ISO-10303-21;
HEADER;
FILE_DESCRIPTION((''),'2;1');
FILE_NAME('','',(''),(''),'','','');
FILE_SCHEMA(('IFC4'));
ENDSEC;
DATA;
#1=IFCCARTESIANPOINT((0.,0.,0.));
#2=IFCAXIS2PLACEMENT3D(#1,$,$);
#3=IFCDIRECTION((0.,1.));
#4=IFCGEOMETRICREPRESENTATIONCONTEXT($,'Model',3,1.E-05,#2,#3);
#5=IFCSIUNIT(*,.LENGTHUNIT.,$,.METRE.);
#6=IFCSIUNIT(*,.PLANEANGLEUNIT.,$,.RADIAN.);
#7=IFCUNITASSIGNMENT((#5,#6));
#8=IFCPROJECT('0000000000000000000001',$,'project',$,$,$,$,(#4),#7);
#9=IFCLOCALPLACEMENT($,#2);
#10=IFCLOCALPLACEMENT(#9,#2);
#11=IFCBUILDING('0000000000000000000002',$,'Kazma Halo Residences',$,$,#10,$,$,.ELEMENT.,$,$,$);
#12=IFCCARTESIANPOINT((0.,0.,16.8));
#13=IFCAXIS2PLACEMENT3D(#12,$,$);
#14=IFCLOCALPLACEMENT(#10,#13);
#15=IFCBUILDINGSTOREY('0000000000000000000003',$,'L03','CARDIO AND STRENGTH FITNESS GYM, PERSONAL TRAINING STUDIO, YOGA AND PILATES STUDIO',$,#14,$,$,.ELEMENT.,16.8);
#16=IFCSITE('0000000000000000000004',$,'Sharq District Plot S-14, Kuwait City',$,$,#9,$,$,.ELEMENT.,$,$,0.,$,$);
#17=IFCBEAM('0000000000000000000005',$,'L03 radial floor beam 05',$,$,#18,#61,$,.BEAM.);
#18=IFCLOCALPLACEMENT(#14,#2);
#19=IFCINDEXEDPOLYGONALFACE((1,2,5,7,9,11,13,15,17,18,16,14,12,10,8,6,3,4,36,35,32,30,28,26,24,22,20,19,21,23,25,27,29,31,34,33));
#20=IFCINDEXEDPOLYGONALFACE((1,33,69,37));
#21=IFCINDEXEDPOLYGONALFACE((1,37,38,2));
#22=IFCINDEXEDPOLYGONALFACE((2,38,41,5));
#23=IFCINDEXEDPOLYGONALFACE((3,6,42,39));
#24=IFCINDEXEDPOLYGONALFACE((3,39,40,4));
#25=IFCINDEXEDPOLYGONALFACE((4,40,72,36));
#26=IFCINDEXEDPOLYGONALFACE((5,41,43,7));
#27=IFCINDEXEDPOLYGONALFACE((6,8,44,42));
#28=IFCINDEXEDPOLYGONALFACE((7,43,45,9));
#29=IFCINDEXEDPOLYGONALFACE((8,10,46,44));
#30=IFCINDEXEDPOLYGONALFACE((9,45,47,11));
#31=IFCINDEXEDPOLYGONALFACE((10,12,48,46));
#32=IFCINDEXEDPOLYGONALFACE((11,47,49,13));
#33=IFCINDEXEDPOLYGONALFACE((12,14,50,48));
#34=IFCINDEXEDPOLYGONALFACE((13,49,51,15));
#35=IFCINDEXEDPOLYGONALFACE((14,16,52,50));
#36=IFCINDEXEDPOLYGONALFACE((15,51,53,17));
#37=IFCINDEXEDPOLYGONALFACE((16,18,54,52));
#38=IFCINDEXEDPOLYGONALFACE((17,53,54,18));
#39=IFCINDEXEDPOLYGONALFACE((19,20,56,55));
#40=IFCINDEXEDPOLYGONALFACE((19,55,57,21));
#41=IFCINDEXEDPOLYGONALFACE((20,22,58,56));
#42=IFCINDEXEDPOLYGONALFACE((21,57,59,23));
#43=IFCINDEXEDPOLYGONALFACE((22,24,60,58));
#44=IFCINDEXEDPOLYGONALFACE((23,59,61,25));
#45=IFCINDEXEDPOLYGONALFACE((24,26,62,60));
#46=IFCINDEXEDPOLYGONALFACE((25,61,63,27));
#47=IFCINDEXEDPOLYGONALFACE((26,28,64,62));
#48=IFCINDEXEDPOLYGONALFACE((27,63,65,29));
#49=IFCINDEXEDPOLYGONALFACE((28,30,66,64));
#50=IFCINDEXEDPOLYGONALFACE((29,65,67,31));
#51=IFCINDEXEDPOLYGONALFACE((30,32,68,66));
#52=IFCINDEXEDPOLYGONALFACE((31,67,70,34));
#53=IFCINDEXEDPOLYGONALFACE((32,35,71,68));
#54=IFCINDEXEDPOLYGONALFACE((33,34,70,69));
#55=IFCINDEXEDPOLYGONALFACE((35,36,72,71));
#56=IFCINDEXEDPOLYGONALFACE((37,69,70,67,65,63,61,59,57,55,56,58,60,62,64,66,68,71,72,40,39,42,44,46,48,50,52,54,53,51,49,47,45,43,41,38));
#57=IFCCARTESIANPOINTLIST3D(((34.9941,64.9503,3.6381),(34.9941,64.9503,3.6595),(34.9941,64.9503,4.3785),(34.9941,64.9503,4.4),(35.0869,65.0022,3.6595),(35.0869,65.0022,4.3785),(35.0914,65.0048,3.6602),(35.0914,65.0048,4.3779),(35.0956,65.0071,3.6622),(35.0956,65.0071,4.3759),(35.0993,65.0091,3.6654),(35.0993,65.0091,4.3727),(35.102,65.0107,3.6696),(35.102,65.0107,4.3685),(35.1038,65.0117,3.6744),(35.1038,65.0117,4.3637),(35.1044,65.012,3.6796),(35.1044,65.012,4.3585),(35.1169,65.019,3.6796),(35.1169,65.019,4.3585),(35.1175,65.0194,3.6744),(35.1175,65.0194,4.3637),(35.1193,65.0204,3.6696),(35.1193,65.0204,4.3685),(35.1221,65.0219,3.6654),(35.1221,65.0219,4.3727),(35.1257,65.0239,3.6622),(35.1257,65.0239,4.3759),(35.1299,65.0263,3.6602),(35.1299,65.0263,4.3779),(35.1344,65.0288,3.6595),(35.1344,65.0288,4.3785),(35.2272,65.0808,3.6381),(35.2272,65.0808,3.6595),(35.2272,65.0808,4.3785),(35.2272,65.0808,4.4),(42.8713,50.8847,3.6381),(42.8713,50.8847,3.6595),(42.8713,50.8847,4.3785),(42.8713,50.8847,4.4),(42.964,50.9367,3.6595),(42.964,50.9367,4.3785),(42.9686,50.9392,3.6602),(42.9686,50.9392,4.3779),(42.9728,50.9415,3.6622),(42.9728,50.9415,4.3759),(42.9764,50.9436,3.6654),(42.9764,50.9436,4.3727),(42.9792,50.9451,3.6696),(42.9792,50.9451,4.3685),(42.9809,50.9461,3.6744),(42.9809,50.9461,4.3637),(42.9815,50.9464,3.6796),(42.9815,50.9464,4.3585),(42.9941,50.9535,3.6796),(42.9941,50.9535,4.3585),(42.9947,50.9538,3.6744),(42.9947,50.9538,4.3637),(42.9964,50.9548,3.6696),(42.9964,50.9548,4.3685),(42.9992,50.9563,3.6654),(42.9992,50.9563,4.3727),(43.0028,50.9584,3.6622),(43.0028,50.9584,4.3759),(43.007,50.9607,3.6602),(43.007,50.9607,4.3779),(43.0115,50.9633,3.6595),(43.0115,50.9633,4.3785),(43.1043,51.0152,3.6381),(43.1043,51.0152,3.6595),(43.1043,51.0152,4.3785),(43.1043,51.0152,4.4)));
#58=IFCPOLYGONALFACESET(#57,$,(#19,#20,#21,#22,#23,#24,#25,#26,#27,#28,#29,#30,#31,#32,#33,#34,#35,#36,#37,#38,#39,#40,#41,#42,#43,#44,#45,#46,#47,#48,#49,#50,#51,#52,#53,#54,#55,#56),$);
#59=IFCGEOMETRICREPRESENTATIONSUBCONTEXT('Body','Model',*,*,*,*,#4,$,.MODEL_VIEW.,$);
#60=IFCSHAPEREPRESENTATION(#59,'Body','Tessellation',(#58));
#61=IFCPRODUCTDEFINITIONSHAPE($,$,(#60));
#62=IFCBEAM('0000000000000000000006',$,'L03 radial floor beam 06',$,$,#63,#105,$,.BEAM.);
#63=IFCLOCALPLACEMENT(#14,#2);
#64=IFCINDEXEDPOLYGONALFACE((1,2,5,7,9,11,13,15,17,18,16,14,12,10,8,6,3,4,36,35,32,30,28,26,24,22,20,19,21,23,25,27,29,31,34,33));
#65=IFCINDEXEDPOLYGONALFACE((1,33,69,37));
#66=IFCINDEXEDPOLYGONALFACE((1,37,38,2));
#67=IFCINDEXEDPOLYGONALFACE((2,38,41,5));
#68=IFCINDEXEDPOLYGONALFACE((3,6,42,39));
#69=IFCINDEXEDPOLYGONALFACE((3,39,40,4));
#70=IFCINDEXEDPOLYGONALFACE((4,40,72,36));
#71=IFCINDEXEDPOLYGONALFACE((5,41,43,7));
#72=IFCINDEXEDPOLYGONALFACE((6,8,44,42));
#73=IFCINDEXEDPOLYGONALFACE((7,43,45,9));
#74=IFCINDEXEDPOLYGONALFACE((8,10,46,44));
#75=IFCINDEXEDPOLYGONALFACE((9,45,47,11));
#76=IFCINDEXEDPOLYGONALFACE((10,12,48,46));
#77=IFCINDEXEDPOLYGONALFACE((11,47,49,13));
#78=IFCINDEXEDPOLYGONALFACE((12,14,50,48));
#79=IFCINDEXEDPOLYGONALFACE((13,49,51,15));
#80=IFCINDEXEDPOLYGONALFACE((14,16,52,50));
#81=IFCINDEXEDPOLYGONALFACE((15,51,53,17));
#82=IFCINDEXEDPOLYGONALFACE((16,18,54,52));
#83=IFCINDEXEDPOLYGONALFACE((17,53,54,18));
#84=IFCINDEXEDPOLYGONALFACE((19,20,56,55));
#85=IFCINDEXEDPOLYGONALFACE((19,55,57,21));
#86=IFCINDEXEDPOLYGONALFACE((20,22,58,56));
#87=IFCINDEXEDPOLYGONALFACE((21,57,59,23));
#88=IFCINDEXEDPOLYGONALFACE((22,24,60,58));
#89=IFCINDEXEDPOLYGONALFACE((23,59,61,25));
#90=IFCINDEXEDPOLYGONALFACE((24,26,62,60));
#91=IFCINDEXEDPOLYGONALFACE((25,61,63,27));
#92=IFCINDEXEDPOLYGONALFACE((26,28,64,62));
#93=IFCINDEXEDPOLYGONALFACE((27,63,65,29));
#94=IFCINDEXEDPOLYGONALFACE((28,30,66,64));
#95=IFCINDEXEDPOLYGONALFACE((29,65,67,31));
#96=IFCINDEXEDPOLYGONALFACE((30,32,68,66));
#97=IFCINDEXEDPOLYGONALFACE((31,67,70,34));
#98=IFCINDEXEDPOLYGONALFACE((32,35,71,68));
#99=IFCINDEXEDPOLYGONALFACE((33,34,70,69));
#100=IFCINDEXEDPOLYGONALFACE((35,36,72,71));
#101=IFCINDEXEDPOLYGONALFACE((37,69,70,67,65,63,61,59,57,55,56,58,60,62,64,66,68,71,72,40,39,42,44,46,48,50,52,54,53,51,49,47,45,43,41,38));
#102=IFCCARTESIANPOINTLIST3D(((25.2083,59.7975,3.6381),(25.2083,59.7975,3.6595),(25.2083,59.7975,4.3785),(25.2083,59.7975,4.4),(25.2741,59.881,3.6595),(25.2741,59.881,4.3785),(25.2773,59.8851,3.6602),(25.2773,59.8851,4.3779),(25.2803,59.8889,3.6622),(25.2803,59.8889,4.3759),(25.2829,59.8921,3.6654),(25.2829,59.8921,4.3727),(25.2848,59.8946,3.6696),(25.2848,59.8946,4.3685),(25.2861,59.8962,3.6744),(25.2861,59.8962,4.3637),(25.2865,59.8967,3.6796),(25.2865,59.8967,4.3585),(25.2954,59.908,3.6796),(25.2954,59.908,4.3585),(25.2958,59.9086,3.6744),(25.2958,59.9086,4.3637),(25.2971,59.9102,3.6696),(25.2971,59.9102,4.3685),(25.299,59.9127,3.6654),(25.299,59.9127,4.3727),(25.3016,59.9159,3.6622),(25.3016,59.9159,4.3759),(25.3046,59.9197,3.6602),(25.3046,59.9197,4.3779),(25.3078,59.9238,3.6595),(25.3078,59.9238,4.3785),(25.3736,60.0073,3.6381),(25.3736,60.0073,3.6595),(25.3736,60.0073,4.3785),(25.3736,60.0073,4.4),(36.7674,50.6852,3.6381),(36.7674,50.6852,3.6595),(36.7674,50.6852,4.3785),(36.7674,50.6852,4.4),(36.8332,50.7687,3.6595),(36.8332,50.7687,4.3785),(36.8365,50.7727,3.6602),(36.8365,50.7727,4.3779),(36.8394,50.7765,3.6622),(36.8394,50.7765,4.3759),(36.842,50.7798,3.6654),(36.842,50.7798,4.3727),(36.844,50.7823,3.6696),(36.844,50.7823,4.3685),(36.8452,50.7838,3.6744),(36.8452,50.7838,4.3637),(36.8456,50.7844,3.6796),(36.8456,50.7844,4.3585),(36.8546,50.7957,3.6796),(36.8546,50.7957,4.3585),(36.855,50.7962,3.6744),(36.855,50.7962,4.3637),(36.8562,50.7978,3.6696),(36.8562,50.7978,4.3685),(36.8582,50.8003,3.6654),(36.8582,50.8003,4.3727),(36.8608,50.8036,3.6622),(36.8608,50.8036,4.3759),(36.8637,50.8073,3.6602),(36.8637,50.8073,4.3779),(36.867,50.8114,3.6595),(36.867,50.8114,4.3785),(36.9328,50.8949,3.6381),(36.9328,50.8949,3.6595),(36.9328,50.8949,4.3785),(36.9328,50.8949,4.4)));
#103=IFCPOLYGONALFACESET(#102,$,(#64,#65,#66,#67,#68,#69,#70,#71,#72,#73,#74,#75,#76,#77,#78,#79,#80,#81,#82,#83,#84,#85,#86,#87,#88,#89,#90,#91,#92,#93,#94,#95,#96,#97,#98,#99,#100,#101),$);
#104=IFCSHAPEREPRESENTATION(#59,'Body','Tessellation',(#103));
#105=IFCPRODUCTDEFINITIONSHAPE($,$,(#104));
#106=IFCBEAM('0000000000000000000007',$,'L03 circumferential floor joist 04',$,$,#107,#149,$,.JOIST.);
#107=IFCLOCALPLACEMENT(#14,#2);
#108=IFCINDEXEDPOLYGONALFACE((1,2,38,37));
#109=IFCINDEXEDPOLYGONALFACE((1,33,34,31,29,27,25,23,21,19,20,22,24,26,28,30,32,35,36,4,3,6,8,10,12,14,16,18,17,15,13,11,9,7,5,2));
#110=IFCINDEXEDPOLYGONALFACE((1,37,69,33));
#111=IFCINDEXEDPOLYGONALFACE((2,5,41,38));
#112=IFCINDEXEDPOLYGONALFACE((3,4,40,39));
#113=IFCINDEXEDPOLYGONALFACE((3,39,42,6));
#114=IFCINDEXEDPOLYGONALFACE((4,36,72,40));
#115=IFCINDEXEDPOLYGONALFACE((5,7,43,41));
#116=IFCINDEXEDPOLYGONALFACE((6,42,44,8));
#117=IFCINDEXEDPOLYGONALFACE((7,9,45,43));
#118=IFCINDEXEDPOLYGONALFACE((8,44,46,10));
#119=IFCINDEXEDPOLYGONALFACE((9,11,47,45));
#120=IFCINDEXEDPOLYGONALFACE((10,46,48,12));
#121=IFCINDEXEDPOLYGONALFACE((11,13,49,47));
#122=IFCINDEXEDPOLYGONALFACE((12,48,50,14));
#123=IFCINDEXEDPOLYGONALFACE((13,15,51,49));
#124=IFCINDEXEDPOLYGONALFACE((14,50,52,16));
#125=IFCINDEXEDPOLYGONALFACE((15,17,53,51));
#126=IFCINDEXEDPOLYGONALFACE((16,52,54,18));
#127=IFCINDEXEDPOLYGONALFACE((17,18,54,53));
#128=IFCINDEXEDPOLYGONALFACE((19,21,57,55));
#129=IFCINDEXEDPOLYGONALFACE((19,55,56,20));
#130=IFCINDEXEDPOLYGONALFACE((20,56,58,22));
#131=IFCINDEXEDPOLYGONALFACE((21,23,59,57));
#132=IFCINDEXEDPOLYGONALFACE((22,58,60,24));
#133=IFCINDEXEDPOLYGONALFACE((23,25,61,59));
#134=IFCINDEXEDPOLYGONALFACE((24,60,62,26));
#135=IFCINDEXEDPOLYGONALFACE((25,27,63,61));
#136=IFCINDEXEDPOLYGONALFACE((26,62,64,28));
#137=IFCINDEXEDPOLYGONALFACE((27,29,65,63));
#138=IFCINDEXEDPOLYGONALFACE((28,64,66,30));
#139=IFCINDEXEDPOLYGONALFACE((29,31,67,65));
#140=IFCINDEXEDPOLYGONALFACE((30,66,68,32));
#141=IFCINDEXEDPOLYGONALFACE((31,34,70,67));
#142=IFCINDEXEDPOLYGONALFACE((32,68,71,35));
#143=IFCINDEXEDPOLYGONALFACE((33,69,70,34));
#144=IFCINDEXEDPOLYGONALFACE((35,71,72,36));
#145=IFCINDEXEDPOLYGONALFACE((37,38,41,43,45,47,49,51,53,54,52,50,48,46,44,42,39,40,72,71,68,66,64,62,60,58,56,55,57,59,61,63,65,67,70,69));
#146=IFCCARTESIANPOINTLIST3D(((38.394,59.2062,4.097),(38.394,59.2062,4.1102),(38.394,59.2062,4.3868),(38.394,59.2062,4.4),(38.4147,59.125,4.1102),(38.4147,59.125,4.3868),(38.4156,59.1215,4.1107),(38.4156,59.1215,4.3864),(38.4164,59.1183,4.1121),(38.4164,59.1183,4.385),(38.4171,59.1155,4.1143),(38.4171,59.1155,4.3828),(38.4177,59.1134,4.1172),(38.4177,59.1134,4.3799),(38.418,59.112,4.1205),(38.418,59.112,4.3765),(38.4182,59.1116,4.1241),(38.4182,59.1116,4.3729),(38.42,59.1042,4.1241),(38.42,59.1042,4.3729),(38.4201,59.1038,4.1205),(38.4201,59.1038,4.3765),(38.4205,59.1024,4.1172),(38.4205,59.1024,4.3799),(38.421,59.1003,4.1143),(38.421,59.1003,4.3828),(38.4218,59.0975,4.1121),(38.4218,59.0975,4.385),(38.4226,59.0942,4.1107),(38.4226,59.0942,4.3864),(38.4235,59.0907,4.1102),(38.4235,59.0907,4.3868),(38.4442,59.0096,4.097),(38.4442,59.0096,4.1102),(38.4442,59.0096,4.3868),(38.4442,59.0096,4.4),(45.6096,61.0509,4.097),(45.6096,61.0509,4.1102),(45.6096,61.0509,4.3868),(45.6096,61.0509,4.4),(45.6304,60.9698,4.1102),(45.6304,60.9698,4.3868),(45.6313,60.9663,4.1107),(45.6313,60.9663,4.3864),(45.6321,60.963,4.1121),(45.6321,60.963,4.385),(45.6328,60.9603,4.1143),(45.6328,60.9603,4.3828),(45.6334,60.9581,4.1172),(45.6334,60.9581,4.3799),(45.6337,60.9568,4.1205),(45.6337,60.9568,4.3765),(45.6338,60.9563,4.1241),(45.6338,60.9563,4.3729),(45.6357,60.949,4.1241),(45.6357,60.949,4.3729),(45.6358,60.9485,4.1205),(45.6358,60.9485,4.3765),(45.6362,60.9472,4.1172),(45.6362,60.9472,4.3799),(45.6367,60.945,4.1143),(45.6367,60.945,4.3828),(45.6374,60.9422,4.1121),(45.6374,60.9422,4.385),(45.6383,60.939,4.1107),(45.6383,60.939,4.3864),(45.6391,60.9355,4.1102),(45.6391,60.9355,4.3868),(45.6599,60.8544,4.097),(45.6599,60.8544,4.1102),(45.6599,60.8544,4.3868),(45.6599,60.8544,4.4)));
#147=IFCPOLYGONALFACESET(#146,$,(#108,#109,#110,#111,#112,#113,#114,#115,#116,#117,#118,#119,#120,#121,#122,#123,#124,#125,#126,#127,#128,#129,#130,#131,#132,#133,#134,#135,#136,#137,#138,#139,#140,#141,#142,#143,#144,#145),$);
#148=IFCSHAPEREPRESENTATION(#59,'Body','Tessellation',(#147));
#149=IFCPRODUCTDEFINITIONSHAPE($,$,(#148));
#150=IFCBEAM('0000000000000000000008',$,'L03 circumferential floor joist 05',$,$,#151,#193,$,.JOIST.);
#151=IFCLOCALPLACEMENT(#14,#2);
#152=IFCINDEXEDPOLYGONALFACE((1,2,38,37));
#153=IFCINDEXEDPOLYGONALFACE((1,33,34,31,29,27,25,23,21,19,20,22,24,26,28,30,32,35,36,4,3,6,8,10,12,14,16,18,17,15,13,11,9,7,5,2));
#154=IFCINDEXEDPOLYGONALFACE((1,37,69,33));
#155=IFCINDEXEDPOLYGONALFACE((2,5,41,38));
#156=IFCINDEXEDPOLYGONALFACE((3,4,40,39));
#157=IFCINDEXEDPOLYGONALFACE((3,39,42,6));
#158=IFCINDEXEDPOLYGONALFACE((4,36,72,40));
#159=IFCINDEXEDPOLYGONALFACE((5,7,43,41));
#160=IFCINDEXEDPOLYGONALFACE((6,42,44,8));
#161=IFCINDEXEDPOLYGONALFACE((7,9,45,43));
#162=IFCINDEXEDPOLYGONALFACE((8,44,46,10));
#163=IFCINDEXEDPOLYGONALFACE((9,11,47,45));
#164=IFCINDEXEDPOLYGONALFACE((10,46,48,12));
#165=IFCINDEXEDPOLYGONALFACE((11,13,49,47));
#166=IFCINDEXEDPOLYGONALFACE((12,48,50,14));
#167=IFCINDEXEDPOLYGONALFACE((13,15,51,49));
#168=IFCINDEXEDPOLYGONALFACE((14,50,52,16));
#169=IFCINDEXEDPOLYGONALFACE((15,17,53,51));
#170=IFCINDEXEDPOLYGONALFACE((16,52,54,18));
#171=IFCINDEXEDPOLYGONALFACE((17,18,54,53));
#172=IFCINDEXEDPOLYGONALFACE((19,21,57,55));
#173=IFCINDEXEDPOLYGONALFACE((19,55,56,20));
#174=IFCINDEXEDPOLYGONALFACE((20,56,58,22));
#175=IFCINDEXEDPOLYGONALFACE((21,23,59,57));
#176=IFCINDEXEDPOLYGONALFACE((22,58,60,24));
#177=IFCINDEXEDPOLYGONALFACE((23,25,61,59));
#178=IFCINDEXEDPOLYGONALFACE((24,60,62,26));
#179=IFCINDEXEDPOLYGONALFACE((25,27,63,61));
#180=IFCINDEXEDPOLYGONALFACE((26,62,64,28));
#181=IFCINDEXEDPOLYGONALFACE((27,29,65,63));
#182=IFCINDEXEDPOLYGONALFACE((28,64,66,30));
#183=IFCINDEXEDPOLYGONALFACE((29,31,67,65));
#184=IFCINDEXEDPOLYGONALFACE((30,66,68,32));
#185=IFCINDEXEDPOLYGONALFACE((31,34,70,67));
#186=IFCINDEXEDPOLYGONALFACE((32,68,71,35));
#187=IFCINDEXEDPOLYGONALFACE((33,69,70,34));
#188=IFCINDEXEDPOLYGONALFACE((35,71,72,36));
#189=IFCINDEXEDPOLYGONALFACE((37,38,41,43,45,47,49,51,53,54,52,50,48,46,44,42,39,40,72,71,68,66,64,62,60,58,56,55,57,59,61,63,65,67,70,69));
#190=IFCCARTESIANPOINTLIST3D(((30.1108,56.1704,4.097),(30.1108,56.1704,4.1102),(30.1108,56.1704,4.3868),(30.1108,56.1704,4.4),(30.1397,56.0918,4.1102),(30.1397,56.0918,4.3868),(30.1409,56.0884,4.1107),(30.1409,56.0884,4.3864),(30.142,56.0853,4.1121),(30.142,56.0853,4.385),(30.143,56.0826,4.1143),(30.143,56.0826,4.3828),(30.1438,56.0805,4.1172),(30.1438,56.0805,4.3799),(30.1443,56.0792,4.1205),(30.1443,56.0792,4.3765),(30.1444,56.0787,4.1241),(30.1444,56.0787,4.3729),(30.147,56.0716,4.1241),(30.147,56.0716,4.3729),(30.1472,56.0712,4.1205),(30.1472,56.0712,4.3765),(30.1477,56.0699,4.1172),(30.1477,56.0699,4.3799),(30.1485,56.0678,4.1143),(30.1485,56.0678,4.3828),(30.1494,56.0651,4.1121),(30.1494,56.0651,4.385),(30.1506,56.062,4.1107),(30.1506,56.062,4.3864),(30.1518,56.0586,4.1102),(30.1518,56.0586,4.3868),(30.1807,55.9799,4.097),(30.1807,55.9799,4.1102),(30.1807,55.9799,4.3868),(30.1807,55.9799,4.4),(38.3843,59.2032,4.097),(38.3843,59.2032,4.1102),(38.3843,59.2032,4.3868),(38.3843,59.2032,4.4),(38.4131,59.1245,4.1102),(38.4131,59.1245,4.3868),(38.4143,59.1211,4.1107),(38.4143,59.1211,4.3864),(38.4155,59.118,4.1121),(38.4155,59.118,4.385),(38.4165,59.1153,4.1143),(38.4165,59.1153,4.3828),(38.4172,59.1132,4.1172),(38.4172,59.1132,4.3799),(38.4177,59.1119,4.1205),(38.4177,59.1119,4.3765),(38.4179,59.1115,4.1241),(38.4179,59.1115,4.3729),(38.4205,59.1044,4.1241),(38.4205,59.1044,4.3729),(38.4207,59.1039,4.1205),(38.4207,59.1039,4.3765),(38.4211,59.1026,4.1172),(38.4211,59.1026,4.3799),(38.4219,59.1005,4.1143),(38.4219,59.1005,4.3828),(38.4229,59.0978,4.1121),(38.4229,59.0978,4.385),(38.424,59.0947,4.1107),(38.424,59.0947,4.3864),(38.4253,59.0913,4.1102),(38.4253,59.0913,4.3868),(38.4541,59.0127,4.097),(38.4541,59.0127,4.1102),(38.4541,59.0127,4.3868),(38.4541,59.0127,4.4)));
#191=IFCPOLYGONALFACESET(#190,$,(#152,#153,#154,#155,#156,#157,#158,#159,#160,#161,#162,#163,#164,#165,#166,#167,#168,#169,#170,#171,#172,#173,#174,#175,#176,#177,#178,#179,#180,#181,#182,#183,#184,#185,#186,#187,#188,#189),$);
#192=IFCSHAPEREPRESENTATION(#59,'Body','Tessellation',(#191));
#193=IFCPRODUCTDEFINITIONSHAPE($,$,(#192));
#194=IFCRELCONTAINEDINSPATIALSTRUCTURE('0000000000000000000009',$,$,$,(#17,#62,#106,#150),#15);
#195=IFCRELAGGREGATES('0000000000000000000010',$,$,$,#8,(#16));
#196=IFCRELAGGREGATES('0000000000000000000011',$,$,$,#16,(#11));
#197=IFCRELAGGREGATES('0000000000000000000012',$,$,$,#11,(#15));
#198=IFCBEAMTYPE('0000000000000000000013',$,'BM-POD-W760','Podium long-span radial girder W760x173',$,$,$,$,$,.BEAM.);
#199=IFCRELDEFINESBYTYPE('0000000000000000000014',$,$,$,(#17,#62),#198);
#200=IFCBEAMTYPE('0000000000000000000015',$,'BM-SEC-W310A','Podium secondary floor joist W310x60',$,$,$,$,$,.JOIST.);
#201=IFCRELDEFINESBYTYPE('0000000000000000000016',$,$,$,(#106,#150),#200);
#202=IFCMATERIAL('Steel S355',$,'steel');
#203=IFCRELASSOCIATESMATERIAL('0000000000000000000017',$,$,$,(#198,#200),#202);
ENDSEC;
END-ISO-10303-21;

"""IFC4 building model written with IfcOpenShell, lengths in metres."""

from ifc_helpers import new_model, si_unit, direction, frame, origin, origin_2d, place, context, subcontext, project, spatial, i_section, extrude, material, material_profile, profile_set, type_object, element, save


model = new_model("IFC4")

# Units and contexts
model_context = context("Model", 3, precision=1e-05, world=origin(), true_north=direction((0.0, 1.0)))
body_context = subcontext(model_context, "Body", "Model", "MODEL_VIEW")
ifc_project = project(units=[si_unit("LENGTHUNIT", "METRE"), si_unit("PLANEANGLEUNIT", "RADIAN")], contexts=[model_context])

# Site, building, storey
site_placement = place(None, origin())
site = spatial("IfcSite", under=ifc_project, at=site_placement, Name="Sharq District Plot S-14, Kuwait City", CompositionType="ELEMENT", RefElevation=0.0)
building_placement = place(site_placement, origin())
building = spatial("IfcBuilding", under=site, at=building_placement, Name="Kazma Halo Residences", CompositionType="ELEMENT")
storey_placement = place(building_placement, frame((0.0, 0.0, 16.8)))
storey = spatial("IfcBuildingStorey", under=building, at=storey_placement, Name="L03", Description="CARDIO AND STRENGTH FITNESS GYM, PERSONAL TRAINING STUDIO, YOGA AND PILATES STUDIO", CompositionType="ELEMENT", Elevation=16.8)

# Beams
ifc_material_1 = material(Name="Steel S355", Category="steel")
ifc_material_profile_1 = material_profile(ifc_material_1, i_section(OverallWidth=0.2671, OverallDepth=0.762, WebThickness=0.0144, FlangeThickness=0.0215, FilletRadius=0.02, at=origin_2d()), Name="W760x173")
ifc_profile_set_1 = profile_set([ifc_material_profile_1], Name="Steel S355")
beam_type_1 = type_object("IfcBeamType", Name="BM-POD-W760", Description="Podium long-span radial girder W760x173", PredefinedType="BEAM", material=ifc_profile_set_1)
beam_1_placement = place(storey_placement, frame((42.9878, 50.95, 4.019), z_axis=(-0.488623, 0.872495, 0.0), x_axis=(-0.872495, -0.488623, 0.0)))
element("IfcBeam", 1, at=beam_1_placement, inside=storey, type_object=beam_type_1, Name="L03 radial floor beam 05", PredefinedType="BEAM", context=body_context, shape_type="SweptSolid", body=[
    extrude(i_section(OverallWidth=0.2671, OverallDepth=0.762, WebThickness=0.0144, FlangeThickness=0.0215, FilletRadius=0.02, at=origin_2d()), origin(), (0.0, 0.0, 1.0), 16.1211),
])
beam_2_placement = place(storey_placement, frame((36.8501, 50.79, 4.019), z_axis=(-0.785322, 0.619088, 0.0), x_axis=(-0.619088, -0.785322, 0.0)))
element("IfcBeam", 2, at=beam_2_placement, inside=storey, type_object=beam_type_1, Name="L03 radial floor beam 06", PredefinedType="BEAM", context=body_context, shape_type="SweptSolid", body=[
    extrude(i_section(OverallWidth=0.2671, OverallDepth=0.762, WebThickness=0.0144, FlangeThickness=0.0215, FilletRadius=0.02, at=origin_2d()), origin(), (0.0, 0.0, 1.0), 14.719),
])
ifc_material_profile_2 = material_profile(ifc_material_1, i_section(OverallWidth=0.2029, OverallDepth=0.303, WebThickness=0.0076, FlangeThickness=0.0132, FilletRadius=0.0139, at=origin_2d()), Name="W310x60")
ifc_profile_set_2 = profile_set([ifc_material_profile_2], Name="Steel S355")
beam_type_2 = type_object("IfcBeamType", Name="BM-SEC-W310A", Description="Podium secondary floor joist W310x60", PredefinedType="JOIST", material=ifc_profile_set_2)
beam_3_placement = place(storey_placement, frame((45.6348, 60.9526, 4.2485), z_axis=(-0.968839, -0.247692, 0.0), x_axis=(0.247692, -0.968839, 0.0)))
element("IfcBeam", 3, at=beam_3_placement, inside=storey, type_object=beam_type_2, Name="L03 circumferential floor joist 04", PredefinedType="JOIST", context=body_context, shape_type="SweptSolid", body=[
    extrude(i_section(OverallWidth=0.2029, OverallDepth=0.303, WebThickness=0.0076, FlangeThickness=0.0132, FilletRadius=0.0139, at=origin_2d()), origin(), (0.0, 0.0, 1.0), 7.4478),
])
beam_4_placement = place(storey_placement, frame((38.4192, 59.1079, 4.2485), z_axis=(-0.938909, -0.344167, 0.0), x_axis=(0.344167, -0.938909, 0.0)))
element("IfcBeam", 4, at=beam_4_placement, inside=storey, type_object=beam_type_2, Name="L03 circumferential floor joist 05", PredefinedType="JOIST", context=body_context, shape_type="SweptSolid", body=[
    extrude(i_section(OverallWidth=0.2029, OverallDepth=0.303, WebThickness=0.0076, FlangeThickness=0.0132, FilletRadius=0.0139, at=origin_2d()), origin(), (0.0, 0.0, 1.0), 8.8118),
])

save(model, "model.ifc")
